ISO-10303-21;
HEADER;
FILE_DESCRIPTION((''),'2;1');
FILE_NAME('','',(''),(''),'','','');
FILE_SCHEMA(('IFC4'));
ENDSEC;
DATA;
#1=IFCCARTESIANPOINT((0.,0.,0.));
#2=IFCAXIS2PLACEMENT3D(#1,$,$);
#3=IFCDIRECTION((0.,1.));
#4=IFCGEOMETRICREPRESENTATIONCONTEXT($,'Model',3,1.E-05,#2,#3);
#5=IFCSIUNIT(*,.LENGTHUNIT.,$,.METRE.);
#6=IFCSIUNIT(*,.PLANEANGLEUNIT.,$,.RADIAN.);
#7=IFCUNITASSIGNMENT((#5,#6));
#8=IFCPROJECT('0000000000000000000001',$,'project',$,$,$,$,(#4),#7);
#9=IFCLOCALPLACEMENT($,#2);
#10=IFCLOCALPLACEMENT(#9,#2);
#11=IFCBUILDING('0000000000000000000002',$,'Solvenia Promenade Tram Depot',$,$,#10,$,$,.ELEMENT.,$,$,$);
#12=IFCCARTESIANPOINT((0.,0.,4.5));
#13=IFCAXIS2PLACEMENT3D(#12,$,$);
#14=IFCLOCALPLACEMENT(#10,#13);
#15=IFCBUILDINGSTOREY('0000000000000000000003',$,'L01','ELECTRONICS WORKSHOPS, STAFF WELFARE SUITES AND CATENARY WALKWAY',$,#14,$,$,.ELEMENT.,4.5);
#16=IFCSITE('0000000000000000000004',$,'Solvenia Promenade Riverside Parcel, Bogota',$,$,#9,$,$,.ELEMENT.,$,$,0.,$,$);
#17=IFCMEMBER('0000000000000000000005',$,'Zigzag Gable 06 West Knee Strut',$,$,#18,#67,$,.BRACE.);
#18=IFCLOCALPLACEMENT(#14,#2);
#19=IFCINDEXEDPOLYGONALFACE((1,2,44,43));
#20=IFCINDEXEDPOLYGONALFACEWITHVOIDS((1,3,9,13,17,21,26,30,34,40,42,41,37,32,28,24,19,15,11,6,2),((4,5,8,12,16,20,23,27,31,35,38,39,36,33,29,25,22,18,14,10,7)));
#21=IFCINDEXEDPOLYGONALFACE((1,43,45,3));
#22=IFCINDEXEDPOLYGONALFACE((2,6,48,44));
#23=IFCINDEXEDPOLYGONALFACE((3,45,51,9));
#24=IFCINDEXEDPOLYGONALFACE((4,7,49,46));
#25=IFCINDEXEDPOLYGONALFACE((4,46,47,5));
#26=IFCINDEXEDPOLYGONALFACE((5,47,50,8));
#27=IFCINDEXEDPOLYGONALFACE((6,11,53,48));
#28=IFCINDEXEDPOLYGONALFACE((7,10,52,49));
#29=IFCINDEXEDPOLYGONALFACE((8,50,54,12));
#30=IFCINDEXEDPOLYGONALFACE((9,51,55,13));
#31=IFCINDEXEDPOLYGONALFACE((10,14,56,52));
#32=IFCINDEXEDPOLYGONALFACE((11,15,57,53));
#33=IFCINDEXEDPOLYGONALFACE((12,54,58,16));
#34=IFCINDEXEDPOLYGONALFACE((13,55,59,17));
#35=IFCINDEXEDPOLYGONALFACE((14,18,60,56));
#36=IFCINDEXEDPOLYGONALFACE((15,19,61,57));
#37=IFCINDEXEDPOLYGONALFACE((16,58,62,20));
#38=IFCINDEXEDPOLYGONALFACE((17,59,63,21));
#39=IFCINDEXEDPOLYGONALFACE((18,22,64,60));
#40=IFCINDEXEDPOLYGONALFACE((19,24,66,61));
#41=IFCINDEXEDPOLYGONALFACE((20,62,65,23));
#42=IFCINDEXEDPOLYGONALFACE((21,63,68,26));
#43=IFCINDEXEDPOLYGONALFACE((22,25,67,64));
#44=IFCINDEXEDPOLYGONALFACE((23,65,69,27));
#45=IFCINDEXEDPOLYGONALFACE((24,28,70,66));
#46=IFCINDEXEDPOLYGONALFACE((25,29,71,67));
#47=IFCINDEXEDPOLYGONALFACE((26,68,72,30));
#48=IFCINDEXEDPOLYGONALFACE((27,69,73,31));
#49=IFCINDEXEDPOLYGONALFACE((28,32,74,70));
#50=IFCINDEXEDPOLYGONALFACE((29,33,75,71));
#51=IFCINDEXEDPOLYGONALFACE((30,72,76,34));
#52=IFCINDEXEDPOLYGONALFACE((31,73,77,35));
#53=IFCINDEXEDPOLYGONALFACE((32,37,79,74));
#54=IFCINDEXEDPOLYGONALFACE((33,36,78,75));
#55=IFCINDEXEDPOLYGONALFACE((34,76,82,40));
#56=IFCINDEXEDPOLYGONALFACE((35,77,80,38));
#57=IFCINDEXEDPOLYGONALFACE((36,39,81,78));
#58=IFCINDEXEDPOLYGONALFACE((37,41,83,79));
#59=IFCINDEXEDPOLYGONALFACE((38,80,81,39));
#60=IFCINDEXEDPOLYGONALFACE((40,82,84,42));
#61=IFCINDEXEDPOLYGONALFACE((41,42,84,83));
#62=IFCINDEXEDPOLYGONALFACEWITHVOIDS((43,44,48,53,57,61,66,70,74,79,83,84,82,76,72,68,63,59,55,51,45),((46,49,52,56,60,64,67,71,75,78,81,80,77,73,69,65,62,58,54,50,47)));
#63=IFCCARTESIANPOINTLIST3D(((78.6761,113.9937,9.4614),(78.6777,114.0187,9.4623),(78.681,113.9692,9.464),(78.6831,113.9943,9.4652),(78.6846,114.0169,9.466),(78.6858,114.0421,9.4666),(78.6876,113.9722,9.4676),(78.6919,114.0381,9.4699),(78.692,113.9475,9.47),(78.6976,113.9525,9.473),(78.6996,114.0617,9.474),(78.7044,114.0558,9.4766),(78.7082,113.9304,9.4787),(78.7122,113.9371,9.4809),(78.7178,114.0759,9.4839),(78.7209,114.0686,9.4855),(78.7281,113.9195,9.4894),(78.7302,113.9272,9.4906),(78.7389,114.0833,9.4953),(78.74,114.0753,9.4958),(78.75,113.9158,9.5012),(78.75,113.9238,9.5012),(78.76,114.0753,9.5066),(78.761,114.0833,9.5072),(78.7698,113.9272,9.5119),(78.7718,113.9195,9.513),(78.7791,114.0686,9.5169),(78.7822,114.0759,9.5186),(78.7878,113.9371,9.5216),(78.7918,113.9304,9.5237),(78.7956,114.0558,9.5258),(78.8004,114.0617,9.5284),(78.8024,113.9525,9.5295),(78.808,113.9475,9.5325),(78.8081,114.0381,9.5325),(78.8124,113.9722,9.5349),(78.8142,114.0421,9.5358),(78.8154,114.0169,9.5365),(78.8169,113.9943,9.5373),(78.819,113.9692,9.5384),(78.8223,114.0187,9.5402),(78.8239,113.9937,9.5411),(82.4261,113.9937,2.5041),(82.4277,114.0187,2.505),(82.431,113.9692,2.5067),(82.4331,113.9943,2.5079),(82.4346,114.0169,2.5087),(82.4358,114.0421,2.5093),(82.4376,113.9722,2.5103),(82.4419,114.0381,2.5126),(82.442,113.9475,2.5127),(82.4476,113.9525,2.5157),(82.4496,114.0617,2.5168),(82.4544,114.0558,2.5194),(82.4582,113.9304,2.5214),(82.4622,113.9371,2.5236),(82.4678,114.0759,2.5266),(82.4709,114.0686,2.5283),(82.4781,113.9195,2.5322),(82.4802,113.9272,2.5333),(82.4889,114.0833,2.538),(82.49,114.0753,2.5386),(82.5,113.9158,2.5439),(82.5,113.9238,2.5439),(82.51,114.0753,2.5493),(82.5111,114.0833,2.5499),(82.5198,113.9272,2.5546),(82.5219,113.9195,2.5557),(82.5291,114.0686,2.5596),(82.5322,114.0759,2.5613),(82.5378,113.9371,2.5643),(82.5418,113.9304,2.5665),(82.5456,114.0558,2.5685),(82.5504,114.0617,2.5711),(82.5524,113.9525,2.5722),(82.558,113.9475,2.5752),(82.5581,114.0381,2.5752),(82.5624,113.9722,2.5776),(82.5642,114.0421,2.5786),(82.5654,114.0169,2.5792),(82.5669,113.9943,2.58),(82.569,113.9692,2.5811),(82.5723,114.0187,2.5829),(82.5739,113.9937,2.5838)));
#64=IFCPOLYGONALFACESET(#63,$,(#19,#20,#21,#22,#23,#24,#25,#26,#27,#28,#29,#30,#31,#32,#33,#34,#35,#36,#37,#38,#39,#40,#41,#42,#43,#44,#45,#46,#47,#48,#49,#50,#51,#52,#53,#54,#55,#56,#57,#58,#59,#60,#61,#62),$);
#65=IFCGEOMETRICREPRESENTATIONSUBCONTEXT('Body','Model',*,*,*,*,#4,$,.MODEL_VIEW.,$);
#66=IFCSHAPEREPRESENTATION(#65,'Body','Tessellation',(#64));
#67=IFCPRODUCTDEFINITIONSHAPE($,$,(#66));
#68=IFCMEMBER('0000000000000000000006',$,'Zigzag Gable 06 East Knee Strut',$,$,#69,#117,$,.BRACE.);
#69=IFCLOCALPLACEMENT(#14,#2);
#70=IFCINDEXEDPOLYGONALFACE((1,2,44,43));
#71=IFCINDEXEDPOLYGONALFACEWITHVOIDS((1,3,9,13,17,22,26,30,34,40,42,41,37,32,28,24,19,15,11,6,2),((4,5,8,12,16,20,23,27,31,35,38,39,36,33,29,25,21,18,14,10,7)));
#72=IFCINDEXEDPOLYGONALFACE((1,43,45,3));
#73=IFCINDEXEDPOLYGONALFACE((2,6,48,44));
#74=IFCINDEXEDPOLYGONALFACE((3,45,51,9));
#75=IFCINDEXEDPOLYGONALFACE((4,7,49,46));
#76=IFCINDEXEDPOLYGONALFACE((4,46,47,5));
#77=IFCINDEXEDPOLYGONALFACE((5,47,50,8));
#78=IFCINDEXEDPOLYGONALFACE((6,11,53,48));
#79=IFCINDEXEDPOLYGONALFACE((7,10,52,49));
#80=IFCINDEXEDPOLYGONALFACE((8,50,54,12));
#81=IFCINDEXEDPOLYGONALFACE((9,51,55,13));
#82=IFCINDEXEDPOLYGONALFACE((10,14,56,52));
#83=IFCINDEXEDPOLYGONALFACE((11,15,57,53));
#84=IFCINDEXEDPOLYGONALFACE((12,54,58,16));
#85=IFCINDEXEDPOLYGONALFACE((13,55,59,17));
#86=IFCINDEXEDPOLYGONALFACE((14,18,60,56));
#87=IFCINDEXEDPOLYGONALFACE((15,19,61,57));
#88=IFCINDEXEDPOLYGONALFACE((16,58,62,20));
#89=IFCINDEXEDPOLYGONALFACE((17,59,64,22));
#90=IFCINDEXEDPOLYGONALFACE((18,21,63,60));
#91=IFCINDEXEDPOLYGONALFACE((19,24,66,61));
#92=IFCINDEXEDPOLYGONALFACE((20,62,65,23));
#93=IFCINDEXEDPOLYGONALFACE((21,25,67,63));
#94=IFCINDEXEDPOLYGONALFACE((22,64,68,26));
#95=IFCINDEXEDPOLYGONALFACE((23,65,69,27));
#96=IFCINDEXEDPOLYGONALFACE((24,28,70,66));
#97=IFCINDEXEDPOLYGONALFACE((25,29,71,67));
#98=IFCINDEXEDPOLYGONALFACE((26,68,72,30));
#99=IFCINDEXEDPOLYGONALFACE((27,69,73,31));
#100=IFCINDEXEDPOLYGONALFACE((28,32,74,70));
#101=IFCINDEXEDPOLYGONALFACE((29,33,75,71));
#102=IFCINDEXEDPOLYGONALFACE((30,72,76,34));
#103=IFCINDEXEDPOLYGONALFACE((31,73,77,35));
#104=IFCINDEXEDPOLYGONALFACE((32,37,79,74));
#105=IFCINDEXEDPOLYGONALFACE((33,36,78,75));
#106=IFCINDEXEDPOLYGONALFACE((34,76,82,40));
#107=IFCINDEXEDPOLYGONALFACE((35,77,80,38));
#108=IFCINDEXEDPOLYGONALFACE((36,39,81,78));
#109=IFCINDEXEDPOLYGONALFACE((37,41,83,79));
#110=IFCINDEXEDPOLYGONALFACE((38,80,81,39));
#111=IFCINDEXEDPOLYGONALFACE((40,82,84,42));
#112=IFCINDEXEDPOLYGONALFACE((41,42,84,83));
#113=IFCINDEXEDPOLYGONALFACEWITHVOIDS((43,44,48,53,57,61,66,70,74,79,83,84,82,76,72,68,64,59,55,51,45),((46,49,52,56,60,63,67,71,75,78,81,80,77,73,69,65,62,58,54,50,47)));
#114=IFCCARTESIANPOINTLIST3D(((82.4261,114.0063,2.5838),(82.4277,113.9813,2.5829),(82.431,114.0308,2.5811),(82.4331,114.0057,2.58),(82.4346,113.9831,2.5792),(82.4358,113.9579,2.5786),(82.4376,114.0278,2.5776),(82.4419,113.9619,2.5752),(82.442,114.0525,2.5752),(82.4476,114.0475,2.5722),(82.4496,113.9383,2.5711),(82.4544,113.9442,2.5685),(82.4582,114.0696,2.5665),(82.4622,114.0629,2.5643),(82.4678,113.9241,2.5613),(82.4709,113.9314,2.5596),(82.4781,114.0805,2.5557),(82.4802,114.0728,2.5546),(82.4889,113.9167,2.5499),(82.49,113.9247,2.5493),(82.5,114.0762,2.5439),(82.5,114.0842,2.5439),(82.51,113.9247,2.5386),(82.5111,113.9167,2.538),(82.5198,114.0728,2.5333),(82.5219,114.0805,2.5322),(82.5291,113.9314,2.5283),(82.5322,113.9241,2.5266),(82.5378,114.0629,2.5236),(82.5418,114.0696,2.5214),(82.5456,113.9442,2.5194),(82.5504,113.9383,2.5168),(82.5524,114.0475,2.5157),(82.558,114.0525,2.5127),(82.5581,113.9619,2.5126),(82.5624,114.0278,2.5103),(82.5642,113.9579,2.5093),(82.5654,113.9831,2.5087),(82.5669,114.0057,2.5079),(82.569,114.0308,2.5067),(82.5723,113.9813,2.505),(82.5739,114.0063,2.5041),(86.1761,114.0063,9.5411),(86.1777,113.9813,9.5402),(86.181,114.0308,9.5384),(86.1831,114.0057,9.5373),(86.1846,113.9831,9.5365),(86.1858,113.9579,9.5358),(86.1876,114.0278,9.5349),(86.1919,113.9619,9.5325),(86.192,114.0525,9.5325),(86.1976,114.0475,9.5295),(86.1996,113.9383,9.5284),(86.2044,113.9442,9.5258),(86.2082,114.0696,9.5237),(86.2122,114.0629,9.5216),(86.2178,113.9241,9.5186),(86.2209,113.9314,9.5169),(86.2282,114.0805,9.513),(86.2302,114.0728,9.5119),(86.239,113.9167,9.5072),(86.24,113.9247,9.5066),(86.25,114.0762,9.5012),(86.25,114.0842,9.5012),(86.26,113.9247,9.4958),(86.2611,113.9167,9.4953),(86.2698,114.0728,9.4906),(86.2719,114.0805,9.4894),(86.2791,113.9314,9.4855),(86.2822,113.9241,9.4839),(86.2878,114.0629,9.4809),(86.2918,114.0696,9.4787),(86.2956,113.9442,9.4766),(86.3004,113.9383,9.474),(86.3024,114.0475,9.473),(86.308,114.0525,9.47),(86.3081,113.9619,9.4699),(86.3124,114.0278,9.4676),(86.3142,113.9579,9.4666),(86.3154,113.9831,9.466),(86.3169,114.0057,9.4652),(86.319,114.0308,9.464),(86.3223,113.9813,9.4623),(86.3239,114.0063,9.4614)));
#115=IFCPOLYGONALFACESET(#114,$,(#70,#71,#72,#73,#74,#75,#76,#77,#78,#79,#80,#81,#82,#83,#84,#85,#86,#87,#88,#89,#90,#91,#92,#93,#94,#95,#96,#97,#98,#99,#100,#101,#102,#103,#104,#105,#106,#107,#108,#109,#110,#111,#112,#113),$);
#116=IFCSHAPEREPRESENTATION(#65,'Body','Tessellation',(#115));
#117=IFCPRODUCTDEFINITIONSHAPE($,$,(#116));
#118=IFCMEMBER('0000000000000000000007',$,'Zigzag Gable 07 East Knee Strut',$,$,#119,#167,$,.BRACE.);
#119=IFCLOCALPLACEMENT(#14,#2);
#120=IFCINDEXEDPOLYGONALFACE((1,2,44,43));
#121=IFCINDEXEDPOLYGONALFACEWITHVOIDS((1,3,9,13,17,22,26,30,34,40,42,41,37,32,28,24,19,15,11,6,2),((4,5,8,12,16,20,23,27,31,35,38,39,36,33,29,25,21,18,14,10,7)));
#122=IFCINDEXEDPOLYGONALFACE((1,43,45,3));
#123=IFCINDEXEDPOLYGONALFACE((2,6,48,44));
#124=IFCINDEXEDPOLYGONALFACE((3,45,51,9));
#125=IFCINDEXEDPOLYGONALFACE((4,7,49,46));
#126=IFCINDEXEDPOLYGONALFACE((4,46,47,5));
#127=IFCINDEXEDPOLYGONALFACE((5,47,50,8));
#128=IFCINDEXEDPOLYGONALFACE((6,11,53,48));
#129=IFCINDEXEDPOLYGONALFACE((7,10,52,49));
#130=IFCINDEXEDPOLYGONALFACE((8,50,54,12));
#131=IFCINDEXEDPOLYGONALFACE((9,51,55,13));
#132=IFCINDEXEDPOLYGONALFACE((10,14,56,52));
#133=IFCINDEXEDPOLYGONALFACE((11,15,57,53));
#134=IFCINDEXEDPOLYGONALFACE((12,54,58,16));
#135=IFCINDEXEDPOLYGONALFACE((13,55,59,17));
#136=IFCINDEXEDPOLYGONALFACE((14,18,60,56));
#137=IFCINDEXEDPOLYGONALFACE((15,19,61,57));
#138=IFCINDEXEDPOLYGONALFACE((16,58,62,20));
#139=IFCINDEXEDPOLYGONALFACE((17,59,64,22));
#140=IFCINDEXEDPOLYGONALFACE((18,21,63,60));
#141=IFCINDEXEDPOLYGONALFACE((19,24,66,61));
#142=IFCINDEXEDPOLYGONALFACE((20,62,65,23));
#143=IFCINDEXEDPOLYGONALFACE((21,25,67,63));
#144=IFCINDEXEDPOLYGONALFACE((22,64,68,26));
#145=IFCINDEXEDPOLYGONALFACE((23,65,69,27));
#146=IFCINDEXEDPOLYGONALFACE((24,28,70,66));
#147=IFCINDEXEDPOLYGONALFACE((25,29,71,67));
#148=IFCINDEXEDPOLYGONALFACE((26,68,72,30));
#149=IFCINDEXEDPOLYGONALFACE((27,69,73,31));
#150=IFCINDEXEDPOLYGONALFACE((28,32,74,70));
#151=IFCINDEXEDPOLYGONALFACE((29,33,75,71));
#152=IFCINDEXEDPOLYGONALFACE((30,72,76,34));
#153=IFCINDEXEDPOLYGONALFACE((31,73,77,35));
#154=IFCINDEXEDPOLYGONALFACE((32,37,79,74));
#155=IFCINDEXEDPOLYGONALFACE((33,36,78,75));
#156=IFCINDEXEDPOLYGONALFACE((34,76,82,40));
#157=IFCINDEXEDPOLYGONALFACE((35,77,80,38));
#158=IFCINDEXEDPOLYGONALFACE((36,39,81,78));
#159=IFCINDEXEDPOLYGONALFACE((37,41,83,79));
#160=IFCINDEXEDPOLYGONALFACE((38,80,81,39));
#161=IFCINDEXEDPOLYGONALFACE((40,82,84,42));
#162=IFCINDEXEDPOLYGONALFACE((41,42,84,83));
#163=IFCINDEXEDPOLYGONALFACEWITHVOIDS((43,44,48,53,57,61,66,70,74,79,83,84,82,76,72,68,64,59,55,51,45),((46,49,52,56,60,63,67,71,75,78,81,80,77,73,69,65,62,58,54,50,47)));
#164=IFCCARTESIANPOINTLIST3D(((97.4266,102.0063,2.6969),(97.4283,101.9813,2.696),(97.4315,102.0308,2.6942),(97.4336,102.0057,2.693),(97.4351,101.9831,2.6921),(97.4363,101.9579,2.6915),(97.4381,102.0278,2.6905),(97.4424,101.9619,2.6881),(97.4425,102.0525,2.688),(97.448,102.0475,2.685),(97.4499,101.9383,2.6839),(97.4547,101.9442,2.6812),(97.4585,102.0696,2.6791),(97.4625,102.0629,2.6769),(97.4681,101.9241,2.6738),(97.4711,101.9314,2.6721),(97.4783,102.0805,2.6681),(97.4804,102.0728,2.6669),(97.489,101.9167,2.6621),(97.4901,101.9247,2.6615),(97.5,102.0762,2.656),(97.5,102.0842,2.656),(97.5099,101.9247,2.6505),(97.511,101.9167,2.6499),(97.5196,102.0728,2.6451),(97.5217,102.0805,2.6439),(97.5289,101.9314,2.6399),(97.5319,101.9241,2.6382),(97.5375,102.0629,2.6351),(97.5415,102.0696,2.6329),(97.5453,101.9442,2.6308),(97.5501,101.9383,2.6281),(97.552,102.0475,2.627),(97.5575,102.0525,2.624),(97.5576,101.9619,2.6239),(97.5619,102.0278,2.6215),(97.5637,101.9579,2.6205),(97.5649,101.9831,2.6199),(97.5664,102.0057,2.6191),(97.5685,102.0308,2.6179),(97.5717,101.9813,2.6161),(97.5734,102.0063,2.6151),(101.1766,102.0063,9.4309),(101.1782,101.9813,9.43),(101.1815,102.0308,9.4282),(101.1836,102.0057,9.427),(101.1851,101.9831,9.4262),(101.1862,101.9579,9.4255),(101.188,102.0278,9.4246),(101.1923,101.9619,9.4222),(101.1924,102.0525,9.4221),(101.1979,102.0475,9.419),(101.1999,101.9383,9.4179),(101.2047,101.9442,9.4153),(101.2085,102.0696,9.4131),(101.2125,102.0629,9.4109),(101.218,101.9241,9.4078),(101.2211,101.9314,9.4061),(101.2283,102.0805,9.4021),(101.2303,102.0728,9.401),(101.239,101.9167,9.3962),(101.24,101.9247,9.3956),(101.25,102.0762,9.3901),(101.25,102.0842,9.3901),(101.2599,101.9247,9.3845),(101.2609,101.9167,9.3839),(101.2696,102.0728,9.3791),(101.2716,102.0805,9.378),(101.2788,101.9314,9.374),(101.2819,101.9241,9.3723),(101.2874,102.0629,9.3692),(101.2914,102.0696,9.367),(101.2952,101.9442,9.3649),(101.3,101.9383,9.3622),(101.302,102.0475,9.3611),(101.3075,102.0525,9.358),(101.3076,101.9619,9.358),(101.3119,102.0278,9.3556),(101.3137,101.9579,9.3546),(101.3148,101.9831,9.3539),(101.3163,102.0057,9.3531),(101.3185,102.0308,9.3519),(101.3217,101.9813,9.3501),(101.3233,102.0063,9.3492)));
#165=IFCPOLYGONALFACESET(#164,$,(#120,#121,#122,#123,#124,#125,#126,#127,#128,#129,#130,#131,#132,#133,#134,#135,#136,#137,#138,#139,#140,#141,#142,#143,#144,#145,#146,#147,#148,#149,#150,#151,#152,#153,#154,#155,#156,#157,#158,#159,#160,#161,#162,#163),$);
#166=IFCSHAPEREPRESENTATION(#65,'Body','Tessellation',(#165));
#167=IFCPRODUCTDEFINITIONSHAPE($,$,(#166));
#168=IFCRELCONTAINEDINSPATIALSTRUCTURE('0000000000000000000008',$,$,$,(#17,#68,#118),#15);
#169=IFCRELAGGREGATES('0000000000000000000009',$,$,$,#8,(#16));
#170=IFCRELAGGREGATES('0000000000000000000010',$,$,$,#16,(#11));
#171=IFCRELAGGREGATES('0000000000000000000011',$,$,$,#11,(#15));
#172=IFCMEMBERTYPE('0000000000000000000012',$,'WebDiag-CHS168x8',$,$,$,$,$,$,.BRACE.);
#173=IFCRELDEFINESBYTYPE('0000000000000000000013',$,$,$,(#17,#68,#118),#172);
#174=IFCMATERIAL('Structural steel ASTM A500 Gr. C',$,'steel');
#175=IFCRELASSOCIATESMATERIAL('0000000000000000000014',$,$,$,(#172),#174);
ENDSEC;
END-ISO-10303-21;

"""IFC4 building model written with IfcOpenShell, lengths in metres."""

from ifc_helpers import new_model, si_unit, direction, frame, origin, origin_2d, place, context, subcontext, project, spatial, hollow_circle, extrude, material, material_profile, profile_set, type_object, element, save


model = new_model("IFC4")

# Units and contexts
model_context = context("Model", 3, precision=1e-05, world=origin(), true_north=direction((0.0, 1.0)))
body_context = subcontext(model_context, "Body", "Model", "MODEL_VIEW")
ifc_project = project(units=[si_unit("LENGTHUNIT", "METRE"), si_unit("PLANEANGLEUNIT", "RADIAN")], contexts=[model_context])

# Site, building, storey
site_placement = place(None, origin())
site = spatial("IfcSite", under=ifc_project, at=site_placement, Name="Solvenia Promenade Riverside Parcel, Bogota", CompositionType="ELEMENT", RefElevation=0.0)
building_placement = place(site_placement, origin())
building = spatial("IfcBuilding", under=site, at=building_placement, Name="Solvenia Promenade Tram Depot", CompositionType="ELEMENT")
storey_placement = place(building_placement, frame((0.0, 0.0, 4.5)))
storey = spatial("IfcBuildingStorey", under=building, at=storey_placement, Name="L01", Description="ELECTRONICS WORKSHOPS, STAFF WELFARE SUITES AND CATENARY WALKWAY", CompositionType="ELEMENT", Elevation=4.5)

# Shared definitions
ifc_material_1 = material(Name="Structural steel ASTM A500 Gr. C", Category="steel")

# Members
ifc_material_profile_1 = material_profile(ifc_material_1, hollow_circle(Radius=0.0842, WallThickness=0.0081, at=origin_2d()), Name="CHS168.3x8", Category="steel")
ifc_profile_set_1 = profile_set([ifc_material_profile_1], Name="Structural steel ASTM A500 Gr. C")
member_type_1 = type_object("IfcMemberType", Name="WebDiag-CHS168x8", PredefinedType="BRACE", material=ifc_profile_set_1)
for number, where, z_axis, x_axis, name in (
    (1, (82.5, 114.0, 2.5439), (-0.47447, 0.0, 0.880272), (0.0, -1.0, 0.0), "Zigzag Gable 06 West Knee Strut"),
    (2, (82.5, 114.0, 2.5439), (0.47447, 0.0, 0.880272), (0.0, 1.0, 0.0), "Zigzag Gable 06 East Knee Strut"),
):
    element("IfcMember", number, at=place(storey_placement, frame(where, z_axis=z_axis, x_axis=x_axis)), inside=storey, type_object=member_type_1, Name=name, PredefinedType="BRACE", context=body_context, shape_type="SweptSolid", body=[
        extrude(hollow_circle(Radius=0.0842, WallThickness=0.0081, at=origin_2d()), origin(), (0.0, 0.0, 1.0), 7.9036),
    ])
member_1_placement = place(storey_placement, frame((97.5, 102.0, 2.656), z_axis=(0.486517, 0.0, 0.873671), x_axis=(0.0, 1.0, 0.0)))
element("IfcMember", 3, at=member_1_placement, inside=storey, type_object=member_type_1, Name="Zigzag Gable 07 East Knee Strut", PredefinedType="BRACE", context=body_context, shape_type="SweptSolid", body=[
    extrude(hollow_circle(Radius=0.0842, WallThickness=0.0081, at=origin_2d()), origin(), (0.0, 0.0, 1.0), 7.7078),
])

save(model, "model.ifc")
